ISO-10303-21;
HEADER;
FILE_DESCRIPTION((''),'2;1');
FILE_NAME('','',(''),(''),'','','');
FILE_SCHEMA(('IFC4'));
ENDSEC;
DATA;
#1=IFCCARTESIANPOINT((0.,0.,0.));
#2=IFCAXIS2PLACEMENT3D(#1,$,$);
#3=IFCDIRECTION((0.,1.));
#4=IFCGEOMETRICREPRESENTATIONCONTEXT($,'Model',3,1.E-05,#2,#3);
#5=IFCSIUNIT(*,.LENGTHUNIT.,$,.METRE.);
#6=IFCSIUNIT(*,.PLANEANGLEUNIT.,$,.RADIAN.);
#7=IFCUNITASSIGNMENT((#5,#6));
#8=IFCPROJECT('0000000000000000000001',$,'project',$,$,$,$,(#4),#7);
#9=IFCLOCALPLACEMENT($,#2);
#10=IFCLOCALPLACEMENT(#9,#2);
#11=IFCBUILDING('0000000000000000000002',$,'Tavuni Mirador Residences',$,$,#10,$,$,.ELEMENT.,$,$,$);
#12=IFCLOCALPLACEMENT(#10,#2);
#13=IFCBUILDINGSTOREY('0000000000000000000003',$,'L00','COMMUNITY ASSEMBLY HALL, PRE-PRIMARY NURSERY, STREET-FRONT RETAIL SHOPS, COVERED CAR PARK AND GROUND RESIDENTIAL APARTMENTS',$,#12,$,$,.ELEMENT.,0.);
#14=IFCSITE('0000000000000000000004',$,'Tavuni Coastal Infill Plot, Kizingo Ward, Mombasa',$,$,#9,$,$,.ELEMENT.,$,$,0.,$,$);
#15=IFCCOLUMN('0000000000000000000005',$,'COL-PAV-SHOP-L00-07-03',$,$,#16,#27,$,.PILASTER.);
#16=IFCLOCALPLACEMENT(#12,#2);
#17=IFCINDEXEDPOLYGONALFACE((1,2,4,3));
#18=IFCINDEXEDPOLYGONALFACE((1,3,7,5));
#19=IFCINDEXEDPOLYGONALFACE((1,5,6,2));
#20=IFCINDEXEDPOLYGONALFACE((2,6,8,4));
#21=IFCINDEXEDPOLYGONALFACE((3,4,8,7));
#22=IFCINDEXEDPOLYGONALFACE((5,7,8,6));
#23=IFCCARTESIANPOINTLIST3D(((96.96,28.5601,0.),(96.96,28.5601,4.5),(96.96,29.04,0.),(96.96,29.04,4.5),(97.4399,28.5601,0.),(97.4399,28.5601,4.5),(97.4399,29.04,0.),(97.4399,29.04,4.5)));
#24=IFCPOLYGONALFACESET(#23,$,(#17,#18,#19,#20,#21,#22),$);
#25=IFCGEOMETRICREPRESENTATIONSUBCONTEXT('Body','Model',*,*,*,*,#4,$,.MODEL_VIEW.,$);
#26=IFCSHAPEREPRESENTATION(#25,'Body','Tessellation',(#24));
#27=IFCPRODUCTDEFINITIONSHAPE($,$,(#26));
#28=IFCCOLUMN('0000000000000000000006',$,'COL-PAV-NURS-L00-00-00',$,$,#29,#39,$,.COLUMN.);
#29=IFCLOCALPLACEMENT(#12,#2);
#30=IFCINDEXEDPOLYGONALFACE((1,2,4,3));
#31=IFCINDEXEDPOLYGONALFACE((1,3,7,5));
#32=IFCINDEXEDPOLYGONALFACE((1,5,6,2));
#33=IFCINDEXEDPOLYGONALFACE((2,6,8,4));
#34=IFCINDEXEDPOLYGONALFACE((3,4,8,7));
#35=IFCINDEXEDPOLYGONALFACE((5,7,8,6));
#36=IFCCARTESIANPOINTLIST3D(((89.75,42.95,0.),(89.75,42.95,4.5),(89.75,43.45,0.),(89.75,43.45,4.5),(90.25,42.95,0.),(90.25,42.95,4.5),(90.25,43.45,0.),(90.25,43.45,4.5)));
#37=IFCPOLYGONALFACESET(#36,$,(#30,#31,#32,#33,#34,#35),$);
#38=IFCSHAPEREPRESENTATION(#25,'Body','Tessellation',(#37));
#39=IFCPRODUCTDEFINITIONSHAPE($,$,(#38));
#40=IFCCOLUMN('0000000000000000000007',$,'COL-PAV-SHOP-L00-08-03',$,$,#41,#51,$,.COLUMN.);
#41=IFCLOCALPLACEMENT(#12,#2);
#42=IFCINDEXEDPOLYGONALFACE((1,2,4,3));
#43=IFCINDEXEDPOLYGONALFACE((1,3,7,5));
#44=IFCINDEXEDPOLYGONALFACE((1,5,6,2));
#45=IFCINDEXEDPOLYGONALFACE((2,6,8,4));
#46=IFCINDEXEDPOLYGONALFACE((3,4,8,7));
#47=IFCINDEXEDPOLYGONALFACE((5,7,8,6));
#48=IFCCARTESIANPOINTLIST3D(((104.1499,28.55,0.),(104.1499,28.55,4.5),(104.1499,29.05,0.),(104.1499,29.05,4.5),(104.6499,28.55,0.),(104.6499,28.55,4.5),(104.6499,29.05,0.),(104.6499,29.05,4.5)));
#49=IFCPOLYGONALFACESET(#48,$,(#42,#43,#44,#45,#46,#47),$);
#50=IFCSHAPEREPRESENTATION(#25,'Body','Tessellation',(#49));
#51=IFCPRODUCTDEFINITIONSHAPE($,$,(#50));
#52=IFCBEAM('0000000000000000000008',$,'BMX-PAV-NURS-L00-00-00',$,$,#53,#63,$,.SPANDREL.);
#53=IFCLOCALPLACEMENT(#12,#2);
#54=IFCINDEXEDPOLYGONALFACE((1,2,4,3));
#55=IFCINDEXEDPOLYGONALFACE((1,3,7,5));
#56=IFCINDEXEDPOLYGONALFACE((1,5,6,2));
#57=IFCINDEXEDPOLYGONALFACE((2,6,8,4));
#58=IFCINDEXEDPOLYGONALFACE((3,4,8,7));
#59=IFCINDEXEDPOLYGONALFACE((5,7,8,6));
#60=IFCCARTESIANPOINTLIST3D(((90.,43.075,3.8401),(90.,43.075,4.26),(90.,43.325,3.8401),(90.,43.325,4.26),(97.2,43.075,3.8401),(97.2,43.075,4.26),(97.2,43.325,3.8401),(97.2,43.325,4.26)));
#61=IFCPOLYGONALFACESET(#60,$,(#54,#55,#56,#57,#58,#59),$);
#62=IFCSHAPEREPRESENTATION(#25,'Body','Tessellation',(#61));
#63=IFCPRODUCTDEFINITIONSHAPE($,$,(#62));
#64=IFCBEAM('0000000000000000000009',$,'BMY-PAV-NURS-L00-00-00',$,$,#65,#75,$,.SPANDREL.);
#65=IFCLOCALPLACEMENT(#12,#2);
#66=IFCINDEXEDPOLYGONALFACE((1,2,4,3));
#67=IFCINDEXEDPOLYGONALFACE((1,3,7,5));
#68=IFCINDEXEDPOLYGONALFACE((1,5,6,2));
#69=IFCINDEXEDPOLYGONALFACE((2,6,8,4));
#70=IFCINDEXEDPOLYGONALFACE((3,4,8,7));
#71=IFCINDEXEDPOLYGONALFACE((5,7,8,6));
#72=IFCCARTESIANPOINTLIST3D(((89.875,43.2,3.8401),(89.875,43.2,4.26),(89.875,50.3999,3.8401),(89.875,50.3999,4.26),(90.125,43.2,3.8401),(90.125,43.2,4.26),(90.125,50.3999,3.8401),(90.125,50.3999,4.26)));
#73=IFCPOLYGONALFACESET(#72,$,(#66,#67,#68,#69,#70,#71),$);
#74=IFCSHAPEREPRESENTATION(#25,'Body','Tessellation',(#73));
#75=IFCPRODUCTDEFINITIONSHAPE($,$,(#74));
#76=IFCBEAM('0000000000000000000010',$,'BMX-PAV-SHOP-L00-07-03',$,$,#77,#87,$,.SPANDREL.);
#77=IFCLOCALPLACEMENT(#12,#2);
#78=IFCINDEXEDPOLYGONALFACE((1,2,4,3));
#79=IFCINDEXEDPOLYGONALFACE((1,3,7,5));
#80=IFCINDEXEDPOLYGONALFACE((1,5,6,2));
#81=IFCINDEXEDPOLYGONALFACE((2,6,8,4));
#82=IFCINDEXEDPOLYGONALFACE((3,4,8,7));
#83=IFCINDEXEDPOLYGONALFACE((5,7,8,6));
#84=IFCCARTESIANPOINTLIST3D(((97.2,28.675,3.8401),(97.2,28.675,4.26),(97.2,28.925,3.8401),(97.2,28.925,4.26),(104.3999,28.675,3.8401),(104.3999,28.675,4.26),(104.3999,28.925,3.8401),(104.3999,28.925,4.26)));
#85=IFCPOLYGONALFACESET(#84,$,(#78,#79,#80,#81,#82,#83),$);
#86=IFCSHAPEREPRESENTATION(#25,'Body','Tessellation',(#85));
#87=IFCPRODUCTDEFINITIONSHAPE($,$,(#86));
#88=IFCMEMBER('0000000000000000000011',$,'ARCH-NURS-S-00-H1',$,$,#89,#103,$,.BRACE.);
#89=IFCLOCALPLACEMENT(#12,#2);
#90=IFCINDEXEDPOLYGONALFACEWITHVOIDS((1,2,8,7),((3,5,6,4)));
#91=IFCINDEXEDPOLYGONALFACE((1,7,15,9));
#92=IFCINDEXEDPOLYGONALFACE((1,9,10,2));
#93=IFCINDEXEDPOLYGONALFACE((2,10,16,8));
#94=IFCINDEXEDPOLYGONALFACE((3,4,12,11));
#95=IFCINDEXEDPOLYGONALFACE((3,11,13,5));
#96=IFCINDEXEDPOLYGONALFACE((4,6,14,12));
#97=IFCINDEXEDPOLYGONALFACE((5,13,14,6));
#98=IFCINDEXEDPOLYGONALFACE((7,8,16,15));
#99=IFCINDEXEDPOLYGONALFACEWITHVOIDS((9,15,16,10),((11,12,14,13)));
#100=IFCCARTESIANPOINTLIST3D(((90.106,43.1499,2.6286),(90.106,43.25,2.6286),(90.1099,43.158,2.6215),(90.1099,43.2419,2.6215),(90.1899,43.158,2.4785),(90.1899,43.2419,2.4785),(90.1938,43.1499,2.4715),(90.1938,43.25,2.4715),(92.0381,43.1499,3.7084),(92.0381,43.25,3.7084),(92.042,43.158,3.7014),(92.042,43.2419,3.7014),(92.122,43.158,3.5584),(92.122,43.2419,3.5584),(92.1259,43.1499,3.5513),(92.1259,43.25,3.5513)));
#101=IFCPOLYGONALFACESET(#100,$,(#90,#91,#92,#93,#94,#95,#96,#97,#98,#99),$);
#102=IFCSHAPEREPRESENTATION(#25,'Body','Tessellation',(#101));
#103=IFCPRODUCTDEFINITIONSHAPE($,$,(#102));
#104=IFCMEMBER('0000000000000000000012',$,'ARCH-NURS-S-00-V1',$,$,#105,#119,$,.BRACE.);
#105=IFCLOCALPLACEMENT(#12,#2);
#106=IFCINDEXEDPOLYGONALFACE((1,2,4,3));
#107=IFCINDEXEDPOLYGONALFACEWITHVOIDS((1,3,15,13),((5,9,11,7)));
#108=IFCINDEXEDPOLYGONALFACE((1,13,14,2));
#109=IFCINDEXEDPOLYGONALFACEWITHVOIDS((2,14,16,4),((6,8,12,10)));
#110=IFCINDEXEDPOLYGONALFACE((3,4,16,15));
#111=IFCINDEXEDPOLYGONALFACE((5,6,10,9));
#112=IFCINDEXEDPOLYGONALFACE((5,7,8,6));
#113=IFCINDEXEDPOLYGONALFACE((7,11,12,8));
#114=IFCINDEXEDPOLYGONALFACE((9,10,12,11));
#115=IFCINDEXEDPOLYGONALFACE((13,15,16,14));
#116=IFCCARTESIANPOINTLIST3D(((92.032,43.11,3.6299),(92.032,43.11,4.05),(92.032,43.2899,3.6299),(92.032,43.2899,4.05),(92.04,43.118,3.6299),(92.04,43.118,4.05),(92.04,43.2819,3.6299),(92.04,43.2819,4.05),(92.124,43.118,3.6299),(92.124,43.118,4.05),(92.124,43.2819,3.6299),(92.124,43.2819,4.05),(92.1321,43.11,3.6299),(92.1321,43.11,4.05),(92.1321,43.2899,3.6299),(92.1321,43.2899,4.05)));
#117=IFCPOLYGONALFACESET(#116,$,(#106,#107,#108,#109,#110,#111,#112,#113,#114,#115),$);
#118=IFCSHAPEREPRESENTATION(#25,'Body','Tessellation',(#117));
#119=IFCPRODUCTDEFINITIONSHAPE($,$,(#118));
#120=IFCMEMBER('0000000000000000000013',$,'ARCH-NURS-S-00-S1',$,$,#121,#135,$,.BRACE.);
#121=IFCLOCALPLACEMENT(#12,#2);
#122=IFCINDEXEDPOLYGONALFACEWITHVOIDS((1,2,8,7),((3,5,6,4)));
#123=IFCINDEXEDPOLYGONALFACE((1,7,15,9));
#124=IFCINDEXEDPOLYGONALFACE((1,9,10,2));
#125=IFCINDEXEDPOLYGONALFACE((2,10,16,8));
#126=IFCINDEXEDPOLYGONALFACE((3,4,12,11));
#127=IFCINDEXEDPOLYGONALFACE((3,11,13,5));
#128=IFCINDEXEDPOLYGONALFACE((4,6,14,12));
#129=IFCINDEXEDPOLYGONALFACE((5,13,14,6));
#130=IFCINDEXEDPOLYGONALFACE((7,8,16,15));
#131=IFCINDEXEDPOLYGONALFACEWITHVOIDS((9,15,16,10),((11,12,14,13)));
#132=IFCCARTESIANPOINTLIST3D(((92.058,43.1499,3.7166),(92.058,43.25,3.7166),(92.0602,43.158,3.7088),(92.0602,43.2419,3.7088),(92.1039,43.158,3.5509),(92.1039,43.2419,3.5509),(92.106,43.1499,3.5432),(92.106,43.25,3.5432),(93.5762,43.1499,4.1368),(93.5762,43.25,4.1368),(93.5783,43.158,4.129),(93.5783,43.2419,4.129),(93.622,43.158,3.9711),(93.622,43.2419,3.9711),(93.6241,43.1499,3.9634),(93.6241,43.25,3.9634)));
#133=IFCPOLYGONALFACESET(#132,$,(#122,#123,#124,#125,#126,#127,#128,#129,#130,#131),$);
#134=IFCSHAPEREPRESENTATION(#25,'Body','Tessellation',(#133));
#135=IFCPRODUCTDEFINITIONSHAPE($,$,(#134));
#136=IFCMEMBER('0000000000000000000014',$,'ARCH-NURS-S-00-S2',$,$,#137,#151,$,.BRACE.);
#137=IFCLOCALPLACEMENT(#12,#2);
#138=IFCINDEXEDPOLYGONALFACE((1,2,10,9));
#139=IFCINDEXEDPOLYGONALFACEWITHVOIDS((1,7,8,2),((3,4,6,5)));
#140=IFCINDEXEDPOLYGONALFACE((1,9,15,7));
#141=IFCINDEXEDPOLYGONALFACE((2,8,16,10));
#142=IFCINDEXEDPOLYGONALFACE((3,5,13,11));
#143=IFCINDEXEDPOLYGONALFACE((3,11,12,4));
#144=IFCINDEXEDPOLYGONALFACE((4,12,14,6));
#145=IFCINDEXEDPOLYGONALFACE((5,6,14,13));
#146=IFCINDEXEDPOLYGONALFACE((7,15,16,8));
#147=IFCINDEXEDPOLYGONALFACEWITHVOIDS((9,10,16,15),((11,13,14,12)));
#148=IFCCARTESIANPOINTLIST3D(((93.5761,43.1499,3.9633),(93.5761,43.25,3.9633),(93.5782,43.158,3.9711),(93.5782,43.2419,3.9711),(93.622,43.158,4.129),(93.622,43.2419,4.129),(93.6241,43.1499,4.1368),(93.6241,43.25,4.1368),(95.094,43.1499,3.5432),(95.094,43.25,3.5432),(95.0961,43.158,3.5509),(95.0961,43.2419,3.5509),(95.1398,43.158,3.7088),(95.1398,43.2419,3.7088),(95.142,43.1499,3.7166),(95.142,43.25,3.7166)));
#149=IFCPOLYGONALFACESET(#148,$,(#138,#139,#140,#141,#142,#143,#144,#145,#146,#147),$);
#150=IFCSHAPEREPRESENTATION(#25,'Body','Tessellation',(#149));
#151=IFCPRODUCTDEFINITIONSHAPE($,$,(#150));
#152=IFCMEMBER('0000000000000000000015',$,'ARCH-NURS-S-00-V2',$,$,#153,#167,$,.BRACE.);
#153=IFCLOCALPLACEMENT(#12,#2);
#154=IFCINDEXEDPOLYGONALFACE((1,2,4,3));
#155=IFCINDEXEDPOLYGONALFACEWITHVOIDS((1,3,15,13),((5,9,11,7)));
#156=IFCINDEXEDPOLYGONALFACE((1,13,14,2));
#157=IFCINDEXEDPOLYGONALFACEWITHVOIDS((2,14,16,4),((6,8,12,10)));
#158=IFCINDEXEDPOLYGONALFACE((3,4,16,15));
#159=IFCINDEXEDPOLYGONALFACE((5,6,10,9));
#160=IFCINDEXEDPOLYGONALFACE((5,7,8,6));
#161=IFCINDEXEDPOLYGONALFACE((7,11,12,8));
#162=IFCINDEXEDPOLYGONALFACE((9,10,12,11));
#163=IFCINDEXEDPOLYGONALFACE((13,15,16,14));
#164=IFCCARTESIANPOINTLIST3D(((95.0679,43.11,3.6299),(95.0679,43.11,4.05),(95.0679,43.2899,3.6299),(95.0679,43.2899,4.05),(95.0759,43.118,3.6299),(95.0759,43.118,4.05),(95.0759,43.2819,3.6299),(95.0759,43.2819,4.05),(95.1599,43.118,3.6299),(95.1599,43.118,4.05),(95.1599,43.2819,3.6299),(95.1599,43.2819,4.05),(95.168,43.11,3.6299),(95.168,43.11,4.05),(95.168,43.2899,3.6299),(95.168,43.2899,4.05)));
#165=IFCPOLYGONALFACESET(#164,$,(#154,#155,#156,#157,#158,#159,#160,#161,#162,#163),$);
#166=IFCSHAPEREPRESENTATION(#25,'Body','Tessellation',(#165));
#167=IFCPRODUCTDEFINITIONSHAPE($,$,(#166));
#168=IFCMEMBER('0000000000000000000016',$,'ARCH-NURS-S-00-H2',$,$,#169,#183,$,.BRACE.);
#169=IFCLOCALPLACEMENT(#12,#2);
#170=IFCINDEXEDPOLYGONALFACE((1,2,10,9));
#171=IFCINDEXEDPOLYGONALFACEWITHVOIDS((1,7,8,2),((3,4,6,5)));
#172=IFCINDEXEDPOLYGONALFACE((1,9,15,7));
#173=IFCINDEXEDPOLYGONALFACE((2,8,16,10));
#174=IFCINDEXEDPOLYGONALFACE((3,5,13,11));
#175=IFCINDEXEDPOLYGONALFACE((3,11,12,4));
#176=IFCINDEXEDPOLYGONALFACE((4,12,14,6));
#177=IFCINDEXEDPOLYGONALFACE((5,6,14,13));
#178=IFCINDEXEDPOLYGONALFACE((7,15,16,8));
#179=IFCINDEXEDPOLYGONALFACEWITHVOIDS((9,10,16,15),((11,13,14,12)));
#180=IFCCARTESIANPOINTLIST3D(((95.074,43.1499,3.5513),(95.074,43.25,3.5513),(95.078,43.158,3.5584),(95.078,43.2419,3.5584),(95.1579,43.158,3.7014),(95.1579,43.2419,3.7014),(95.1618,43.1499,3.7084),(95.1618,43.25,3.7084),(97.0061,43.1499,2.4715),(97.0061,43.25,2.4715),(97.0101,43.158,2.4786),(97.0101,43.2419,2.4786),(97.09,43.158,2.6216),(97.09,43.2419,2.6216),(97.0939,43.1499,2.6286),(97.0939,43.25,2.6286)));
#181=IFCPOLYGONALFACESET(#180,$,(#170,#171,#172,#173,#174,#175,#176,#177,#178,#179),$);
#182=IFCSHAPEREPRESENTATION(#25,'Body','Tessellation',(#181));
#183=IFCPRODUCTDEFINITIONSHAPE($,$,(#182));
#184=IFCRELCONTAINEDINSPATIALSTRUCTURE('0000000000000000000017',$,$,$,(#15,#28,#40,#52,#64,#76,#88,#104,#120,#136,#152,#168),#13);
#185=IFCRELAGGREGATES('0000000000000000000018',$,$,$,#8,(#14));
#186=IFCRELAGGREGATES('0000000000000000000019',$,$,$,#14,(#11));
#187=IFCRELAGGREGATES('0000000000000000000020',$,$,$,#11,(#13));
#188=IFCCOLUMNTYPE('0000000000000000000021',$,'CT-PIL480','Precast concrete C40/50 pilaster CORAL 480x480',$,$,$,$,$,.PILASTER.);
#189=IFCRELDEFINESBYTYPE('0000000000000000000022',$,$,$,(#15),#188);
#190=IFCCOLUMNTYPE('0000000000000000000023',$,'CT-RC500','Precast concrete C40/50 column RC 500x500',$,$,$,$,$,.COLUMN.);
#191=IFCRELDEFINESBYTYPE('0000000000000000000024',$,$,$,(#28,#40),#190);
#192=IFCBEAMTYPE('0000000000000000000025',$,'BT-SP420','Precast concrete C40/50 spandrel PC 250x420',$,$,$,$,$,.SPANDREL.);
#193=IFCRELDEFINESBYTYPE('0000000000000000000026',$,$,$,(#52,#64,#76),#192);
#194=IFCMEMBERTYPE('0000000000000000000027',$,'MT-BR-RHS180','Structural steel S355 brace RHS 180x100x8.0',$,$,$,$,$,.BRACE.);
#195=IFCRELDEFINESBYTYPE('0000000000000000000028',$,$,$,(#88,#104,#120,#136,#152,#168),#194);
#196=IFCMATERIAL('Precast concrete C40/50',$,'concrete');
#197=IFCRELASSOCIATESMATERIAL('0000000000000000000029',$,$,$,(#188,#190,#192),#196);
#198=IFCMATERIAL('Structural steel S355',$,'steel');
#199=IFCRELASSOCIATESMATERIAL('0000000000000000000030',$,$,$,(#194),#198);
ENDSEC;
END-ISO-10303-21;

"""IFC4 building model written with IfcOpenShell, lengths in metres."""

from ifc_helpers import new_model, si_unit, direction, frame, origin, origin_2d, place, context, subcontext, project, spatial, rectangle, hollow_rectangle, extrude, material, material_profile, profile_set, type_object, element, save


model = new_model("IFC4")

# Units and contexts
model_context = context("Model", 3, precision=1e-05, world=origin(), true_north=direction((0.0, 1.0)))
body_context = subcontext(model_context, "Body", "Model", "MODEL_VIEW")
ifc_project = project(units=[si_unit("LENGTHUNIT", "METRE"), si_unit("PLANEANGLEUNIT", "RADIAN")], contexts=[model_context])

# Site, building, storey
site_placement = place(None, origin())
site = spatial("IfcSite", under=ifc_project, at=site_placement, Name="Tavuni Coastal Infill Plot, Kizingo Ward, Mombasa", CompositionType="ELEMENT", RefElevation=0.0)
building_placement = place(site_placement, origin())
building = spatial("IfcBuilding", under=site, at=building_placement, Name="Tavuni Mirador Residences", CompositionType="ELEMENT")
storey_placement = place(building_placement, origin())
storey = spatial("IfcBuildingStorey", under=building, at=storey_placement, Name="L00", Description="COMMUNITY ASSEMBLY HALL, PRE-PRIMARY NURSERY, STREET-FRONT RETAIL SHOPS, COVERED CAR PARK AND GROUND RESIDENTIAL APARTMENTS", CompositionType="ELEMENT", Elevation=0.0)

# Columns
ifc_material_1 = material(Name="Precast concrete C40/50", Category="concrete")
ifc_material_profile_1 = material_profile(ifc_material_1, rectangle(XDim=0.48, YDim=0.48, at=origin_2d()), Name="CORAL 480x480", Category="concrete")
ifc_profile_set_1 = profile_set([ifc_material_profile_1], Name="Precast concrete C40/50")
column_type_1 = type_object("IfcColumnType", Name="CT-PIL480", Description="Precast concrete C40/50 pilaster CORAL 480x480", PredefinedType="PILASTER", material=ifc_profile_set_1)
column_placement = place(storey_placement, frame((97.2, 28.8, 0.0), z_axis=(0.0, 0.0, 1.0), x_axis=(1.0, 0.0, 0.0)))
element("IfcColumn", 1, at=column_placement, inside=storey, type_object=column_type_1, Name="COL-PAV-SHOP-L00-07-03", PredefinedType="PILASTER", context=body_context, shape_type="SweptSolid", body=[
    extrude(rectangle(XDim=0.48, YDim=0.48, at=origin_2d()), origin(), (0.0, 0.0, 1.0), 4.5),
])
ifc_material_profile_2 = material_profile(ifc_material_1, rectangle(XDim=0.5, YDim=0.5, at=origin_2d()), Name="RC 500x500", Category="concrete")
ifc_profile_set_2 = profile_set([ifc_material_profile_2], Name="Precast concrete C40/50")
column_type_2 = type_object("IfcColumnType", Name="CT-RC500", Description="Precast concrete C40/50 column RC 500x500", PredefinedType="COLUMN", material=ifc_profile_set_2)
for number, where, z_axis, x_axis, name in (
    (2, (90.0, 43.2, 0.0), (0.0, 0.0, 1.0), (1.0, 0.0, 0.0), "COL-PAV-NURS-L00-00-00"),
    (3, (104.3999, 28.8, 0.0), (0.0, 0.0, 1.0), (1.0, 0.0, 0.0), "COL-PAV-SHOP-L00-08-03"),
):
    element("IfcColumn", number, at=place(storey_placement, frame(where, z_axis=z_axis, x_axis=x_axis)), inside=storey, type_object=column_type_2, Name=name, PredefinedType="COLUMN", context=body_context, shape_type="SweptSolid", body=[
        extrude(rectangle(XDim=0.5, YDim=0.5, at=origin_2d()), origin(), (0.0, 0.0, 1.0), 4.5),
    ])

# Beams
ifc_material_profile_3 = material_profile(ifc_material_1, rectangle(XDim=0.25, YDim=0.4199, at=origin_2d()), Name="PC 250x420", Category="concrete")
ifc_profile_set_3 = profile_set([ifc_material_profile_3], Name="Precast concrete C40/50")
beam_type = type_object("IfcBeamType", Name="BT-SP420", Description="Precast concrete C40/50 spandrel PC 250x420", PredefinedType="SPANDREL", material=ifc_profile_set_3)
for number, where, z_axis, x_axis, name in (
    (4, (90.0, 43.2, 4.05), (1.0, 0.0, 0.0), (0.0, 1.0, 0.0), "BMX-PAV-NURS-L00-00-00"),
    (5, (90.0, 43.2, 4.05), (0.0, 1.0, 0.0), (-1.0, 0.0, 0.0), "BMY-PAV-NURS-L00-00-00"),
    (6, (97.2, 28.8, 4.05), (1.0, 0.0, 0.0), (0.0, 1.0, 0.0), "BMX-PAV-SHOP-L00-07-03"),
):
    element("IfcBeam", number, at=place(storey_placement, frame(where, z_axis=z_axis, x_axis=x_axis)), inside=storey, type_object=beam_type, Name=name, PredefinedType="SPANDREL", context=body_context, shape_type="SweptSolid", body=[
        extrude(rectangle(XDim=0.25, YDim=0.4199, at=origin_2d()), origin(), (0.0, 0.0, 1.0), 7.2),
    ])

# Members
ifc_material_2 = material(Name="Structural steel S355", Category="steel")
ifc_material_profile_4 = material_profile(ifc_material_2, hollow_rectangle(XDim=0.1001, YDim=0.1799, WallThickness=0.0081, at=origin_2d()), Name="RHS 180x100x8.0", Category="steel")
ifc_profile_set_4 = profile_set([ifc_material_profile_4], Name="Structural steel S355")
member_type = type_object("IfcMemberType", Name="MT-BR-RHS180", Description="Structural steel S355 brace RHS 180x100x8.0", PredefinedType="BRACE", material=ifc_profile_set_4)
member_1_placement = place(storey_placement, frame((90.1499, 43.2, 2.55), z_axis=(0.872921, 0.0, 0.487861), x_axis=(0.0, 1.0, 0.0)))
element("IfcMember", 7, at=member_1_placement, inside=storey, type_object=member_type, Name="ARCH-NURS-S-00-H1", PredefinedType="BRACE", context=body_context, shape_type="SweptSolid", body=[
    extrude(hollow_rectangle(XDim=0.1001, YDim=0.1799, WallThickness=0.0081, at=origin_2d()), origin(), (0.0, 0.0, 1.0), 2.2134),
])
member_2_placement = place(storey_placement, frame((92.082, 43.2, 3.6299), z_axis=(0.0, 0.0, 1.0), x_axis=(1.0, 0.0, 0.0)))
element("IfcMember", 8, at=member_2_placement, inside=storey, type_object=member_type, Name="ARCH-NURS-S-00-V1", PredefinedType="BRACE", context=body_context, shape_type="SweptSolid", body=[
    extrude(hollow_rectangle(XDim=0.1001, YDim=0.1799, WallThickness=0.0081, at=origin_2d()), origin(), (0.0, 0.0, 1.0), 0.4202),
])
member_3_placement = place(storey_placement, frame((92.082, 43.2, 3.6299), z_axis=(0.963766, 0.0, 0.266748), x_axis=(0.0, 1.0, 0.0)))
element("IfcMember", 9, at=member_3_placement, inside=storey, type_object=member_type, Name="ARCH-NURS-S-00-S1", PredefinedType="BRACE", context=body_context, shape_type="SweptSolid", body=[
    extrude(hollow_rectangle(XDim=0.1001, YDim=0.1799, WallThickness=0.0081, at=origin_2d()), origin(), (0.0, 0.0, 1.0), 1.5752),
])
member_4_placement = place(storey_placement, frame((93.6001, 43.2, 4.05), z_axis=(0.963755, 0.0, -0.266788), x_axis=(0.0, 1.0, 0.0)))
element("IfcMember", 10, at=member_4_placement, inside=storey, type_object=member_type, Name="ARCH-NURS-S-00-S2", PredefinedType="BRACE", context=body_context, shape_type="SweptSolid", body=[
    extrude(hollow_rectangle(XDim=0.1001, YDim=0.1799, WallThickness=0.0081, at=origin_2d()), origin(), (0.0, 0.0, 1.0), 1.575),
])
member_5_placement = place(storey_placement, frame((95.1179, 43.2, 3.6299), z_axis=(0.0, 0.0, 1.0), x_axis=(1.0, 0.0, 0.0)))
element("IfcMember", 11, at=member_5_placement, inside=storey, type_object=member_type, Name="ARCH-NURS-S-00-V2", PredefinedType="BRACE", context=body_context, shape_type="SweptSolid", body=[
    extrude(hollow_rectangle(XDim=0.1001, YDim=0.1799, WallThickness=0.0081, at=origin_2d()), origin(), (0.0, 0.0, 1.0), 0.4202),
])
member_6_placement = place(storey_placement, frame((95.1179, 43.2, 3.6299), z_axis=(0.872921, 0.0, -0.487861), x_axis=(0.0, 1.0, 0.0)))
element("IfcMember", 12, at=member_6_placement, inside=storey, type_object=member_type, Name="ARCH-NURS-S-00-H2", PredefinedType="BRACE", context=body_context, shape_type="SweptSolid", body=[
    extrude(hollow_rectangle(XDim=0.1001, YDim=0.1799, WallThickness=0.0081, at=origin_2d()), origin(), (0.0, 0.0, 1.0), 2.2134),
])

save(model, "model.ifc")
